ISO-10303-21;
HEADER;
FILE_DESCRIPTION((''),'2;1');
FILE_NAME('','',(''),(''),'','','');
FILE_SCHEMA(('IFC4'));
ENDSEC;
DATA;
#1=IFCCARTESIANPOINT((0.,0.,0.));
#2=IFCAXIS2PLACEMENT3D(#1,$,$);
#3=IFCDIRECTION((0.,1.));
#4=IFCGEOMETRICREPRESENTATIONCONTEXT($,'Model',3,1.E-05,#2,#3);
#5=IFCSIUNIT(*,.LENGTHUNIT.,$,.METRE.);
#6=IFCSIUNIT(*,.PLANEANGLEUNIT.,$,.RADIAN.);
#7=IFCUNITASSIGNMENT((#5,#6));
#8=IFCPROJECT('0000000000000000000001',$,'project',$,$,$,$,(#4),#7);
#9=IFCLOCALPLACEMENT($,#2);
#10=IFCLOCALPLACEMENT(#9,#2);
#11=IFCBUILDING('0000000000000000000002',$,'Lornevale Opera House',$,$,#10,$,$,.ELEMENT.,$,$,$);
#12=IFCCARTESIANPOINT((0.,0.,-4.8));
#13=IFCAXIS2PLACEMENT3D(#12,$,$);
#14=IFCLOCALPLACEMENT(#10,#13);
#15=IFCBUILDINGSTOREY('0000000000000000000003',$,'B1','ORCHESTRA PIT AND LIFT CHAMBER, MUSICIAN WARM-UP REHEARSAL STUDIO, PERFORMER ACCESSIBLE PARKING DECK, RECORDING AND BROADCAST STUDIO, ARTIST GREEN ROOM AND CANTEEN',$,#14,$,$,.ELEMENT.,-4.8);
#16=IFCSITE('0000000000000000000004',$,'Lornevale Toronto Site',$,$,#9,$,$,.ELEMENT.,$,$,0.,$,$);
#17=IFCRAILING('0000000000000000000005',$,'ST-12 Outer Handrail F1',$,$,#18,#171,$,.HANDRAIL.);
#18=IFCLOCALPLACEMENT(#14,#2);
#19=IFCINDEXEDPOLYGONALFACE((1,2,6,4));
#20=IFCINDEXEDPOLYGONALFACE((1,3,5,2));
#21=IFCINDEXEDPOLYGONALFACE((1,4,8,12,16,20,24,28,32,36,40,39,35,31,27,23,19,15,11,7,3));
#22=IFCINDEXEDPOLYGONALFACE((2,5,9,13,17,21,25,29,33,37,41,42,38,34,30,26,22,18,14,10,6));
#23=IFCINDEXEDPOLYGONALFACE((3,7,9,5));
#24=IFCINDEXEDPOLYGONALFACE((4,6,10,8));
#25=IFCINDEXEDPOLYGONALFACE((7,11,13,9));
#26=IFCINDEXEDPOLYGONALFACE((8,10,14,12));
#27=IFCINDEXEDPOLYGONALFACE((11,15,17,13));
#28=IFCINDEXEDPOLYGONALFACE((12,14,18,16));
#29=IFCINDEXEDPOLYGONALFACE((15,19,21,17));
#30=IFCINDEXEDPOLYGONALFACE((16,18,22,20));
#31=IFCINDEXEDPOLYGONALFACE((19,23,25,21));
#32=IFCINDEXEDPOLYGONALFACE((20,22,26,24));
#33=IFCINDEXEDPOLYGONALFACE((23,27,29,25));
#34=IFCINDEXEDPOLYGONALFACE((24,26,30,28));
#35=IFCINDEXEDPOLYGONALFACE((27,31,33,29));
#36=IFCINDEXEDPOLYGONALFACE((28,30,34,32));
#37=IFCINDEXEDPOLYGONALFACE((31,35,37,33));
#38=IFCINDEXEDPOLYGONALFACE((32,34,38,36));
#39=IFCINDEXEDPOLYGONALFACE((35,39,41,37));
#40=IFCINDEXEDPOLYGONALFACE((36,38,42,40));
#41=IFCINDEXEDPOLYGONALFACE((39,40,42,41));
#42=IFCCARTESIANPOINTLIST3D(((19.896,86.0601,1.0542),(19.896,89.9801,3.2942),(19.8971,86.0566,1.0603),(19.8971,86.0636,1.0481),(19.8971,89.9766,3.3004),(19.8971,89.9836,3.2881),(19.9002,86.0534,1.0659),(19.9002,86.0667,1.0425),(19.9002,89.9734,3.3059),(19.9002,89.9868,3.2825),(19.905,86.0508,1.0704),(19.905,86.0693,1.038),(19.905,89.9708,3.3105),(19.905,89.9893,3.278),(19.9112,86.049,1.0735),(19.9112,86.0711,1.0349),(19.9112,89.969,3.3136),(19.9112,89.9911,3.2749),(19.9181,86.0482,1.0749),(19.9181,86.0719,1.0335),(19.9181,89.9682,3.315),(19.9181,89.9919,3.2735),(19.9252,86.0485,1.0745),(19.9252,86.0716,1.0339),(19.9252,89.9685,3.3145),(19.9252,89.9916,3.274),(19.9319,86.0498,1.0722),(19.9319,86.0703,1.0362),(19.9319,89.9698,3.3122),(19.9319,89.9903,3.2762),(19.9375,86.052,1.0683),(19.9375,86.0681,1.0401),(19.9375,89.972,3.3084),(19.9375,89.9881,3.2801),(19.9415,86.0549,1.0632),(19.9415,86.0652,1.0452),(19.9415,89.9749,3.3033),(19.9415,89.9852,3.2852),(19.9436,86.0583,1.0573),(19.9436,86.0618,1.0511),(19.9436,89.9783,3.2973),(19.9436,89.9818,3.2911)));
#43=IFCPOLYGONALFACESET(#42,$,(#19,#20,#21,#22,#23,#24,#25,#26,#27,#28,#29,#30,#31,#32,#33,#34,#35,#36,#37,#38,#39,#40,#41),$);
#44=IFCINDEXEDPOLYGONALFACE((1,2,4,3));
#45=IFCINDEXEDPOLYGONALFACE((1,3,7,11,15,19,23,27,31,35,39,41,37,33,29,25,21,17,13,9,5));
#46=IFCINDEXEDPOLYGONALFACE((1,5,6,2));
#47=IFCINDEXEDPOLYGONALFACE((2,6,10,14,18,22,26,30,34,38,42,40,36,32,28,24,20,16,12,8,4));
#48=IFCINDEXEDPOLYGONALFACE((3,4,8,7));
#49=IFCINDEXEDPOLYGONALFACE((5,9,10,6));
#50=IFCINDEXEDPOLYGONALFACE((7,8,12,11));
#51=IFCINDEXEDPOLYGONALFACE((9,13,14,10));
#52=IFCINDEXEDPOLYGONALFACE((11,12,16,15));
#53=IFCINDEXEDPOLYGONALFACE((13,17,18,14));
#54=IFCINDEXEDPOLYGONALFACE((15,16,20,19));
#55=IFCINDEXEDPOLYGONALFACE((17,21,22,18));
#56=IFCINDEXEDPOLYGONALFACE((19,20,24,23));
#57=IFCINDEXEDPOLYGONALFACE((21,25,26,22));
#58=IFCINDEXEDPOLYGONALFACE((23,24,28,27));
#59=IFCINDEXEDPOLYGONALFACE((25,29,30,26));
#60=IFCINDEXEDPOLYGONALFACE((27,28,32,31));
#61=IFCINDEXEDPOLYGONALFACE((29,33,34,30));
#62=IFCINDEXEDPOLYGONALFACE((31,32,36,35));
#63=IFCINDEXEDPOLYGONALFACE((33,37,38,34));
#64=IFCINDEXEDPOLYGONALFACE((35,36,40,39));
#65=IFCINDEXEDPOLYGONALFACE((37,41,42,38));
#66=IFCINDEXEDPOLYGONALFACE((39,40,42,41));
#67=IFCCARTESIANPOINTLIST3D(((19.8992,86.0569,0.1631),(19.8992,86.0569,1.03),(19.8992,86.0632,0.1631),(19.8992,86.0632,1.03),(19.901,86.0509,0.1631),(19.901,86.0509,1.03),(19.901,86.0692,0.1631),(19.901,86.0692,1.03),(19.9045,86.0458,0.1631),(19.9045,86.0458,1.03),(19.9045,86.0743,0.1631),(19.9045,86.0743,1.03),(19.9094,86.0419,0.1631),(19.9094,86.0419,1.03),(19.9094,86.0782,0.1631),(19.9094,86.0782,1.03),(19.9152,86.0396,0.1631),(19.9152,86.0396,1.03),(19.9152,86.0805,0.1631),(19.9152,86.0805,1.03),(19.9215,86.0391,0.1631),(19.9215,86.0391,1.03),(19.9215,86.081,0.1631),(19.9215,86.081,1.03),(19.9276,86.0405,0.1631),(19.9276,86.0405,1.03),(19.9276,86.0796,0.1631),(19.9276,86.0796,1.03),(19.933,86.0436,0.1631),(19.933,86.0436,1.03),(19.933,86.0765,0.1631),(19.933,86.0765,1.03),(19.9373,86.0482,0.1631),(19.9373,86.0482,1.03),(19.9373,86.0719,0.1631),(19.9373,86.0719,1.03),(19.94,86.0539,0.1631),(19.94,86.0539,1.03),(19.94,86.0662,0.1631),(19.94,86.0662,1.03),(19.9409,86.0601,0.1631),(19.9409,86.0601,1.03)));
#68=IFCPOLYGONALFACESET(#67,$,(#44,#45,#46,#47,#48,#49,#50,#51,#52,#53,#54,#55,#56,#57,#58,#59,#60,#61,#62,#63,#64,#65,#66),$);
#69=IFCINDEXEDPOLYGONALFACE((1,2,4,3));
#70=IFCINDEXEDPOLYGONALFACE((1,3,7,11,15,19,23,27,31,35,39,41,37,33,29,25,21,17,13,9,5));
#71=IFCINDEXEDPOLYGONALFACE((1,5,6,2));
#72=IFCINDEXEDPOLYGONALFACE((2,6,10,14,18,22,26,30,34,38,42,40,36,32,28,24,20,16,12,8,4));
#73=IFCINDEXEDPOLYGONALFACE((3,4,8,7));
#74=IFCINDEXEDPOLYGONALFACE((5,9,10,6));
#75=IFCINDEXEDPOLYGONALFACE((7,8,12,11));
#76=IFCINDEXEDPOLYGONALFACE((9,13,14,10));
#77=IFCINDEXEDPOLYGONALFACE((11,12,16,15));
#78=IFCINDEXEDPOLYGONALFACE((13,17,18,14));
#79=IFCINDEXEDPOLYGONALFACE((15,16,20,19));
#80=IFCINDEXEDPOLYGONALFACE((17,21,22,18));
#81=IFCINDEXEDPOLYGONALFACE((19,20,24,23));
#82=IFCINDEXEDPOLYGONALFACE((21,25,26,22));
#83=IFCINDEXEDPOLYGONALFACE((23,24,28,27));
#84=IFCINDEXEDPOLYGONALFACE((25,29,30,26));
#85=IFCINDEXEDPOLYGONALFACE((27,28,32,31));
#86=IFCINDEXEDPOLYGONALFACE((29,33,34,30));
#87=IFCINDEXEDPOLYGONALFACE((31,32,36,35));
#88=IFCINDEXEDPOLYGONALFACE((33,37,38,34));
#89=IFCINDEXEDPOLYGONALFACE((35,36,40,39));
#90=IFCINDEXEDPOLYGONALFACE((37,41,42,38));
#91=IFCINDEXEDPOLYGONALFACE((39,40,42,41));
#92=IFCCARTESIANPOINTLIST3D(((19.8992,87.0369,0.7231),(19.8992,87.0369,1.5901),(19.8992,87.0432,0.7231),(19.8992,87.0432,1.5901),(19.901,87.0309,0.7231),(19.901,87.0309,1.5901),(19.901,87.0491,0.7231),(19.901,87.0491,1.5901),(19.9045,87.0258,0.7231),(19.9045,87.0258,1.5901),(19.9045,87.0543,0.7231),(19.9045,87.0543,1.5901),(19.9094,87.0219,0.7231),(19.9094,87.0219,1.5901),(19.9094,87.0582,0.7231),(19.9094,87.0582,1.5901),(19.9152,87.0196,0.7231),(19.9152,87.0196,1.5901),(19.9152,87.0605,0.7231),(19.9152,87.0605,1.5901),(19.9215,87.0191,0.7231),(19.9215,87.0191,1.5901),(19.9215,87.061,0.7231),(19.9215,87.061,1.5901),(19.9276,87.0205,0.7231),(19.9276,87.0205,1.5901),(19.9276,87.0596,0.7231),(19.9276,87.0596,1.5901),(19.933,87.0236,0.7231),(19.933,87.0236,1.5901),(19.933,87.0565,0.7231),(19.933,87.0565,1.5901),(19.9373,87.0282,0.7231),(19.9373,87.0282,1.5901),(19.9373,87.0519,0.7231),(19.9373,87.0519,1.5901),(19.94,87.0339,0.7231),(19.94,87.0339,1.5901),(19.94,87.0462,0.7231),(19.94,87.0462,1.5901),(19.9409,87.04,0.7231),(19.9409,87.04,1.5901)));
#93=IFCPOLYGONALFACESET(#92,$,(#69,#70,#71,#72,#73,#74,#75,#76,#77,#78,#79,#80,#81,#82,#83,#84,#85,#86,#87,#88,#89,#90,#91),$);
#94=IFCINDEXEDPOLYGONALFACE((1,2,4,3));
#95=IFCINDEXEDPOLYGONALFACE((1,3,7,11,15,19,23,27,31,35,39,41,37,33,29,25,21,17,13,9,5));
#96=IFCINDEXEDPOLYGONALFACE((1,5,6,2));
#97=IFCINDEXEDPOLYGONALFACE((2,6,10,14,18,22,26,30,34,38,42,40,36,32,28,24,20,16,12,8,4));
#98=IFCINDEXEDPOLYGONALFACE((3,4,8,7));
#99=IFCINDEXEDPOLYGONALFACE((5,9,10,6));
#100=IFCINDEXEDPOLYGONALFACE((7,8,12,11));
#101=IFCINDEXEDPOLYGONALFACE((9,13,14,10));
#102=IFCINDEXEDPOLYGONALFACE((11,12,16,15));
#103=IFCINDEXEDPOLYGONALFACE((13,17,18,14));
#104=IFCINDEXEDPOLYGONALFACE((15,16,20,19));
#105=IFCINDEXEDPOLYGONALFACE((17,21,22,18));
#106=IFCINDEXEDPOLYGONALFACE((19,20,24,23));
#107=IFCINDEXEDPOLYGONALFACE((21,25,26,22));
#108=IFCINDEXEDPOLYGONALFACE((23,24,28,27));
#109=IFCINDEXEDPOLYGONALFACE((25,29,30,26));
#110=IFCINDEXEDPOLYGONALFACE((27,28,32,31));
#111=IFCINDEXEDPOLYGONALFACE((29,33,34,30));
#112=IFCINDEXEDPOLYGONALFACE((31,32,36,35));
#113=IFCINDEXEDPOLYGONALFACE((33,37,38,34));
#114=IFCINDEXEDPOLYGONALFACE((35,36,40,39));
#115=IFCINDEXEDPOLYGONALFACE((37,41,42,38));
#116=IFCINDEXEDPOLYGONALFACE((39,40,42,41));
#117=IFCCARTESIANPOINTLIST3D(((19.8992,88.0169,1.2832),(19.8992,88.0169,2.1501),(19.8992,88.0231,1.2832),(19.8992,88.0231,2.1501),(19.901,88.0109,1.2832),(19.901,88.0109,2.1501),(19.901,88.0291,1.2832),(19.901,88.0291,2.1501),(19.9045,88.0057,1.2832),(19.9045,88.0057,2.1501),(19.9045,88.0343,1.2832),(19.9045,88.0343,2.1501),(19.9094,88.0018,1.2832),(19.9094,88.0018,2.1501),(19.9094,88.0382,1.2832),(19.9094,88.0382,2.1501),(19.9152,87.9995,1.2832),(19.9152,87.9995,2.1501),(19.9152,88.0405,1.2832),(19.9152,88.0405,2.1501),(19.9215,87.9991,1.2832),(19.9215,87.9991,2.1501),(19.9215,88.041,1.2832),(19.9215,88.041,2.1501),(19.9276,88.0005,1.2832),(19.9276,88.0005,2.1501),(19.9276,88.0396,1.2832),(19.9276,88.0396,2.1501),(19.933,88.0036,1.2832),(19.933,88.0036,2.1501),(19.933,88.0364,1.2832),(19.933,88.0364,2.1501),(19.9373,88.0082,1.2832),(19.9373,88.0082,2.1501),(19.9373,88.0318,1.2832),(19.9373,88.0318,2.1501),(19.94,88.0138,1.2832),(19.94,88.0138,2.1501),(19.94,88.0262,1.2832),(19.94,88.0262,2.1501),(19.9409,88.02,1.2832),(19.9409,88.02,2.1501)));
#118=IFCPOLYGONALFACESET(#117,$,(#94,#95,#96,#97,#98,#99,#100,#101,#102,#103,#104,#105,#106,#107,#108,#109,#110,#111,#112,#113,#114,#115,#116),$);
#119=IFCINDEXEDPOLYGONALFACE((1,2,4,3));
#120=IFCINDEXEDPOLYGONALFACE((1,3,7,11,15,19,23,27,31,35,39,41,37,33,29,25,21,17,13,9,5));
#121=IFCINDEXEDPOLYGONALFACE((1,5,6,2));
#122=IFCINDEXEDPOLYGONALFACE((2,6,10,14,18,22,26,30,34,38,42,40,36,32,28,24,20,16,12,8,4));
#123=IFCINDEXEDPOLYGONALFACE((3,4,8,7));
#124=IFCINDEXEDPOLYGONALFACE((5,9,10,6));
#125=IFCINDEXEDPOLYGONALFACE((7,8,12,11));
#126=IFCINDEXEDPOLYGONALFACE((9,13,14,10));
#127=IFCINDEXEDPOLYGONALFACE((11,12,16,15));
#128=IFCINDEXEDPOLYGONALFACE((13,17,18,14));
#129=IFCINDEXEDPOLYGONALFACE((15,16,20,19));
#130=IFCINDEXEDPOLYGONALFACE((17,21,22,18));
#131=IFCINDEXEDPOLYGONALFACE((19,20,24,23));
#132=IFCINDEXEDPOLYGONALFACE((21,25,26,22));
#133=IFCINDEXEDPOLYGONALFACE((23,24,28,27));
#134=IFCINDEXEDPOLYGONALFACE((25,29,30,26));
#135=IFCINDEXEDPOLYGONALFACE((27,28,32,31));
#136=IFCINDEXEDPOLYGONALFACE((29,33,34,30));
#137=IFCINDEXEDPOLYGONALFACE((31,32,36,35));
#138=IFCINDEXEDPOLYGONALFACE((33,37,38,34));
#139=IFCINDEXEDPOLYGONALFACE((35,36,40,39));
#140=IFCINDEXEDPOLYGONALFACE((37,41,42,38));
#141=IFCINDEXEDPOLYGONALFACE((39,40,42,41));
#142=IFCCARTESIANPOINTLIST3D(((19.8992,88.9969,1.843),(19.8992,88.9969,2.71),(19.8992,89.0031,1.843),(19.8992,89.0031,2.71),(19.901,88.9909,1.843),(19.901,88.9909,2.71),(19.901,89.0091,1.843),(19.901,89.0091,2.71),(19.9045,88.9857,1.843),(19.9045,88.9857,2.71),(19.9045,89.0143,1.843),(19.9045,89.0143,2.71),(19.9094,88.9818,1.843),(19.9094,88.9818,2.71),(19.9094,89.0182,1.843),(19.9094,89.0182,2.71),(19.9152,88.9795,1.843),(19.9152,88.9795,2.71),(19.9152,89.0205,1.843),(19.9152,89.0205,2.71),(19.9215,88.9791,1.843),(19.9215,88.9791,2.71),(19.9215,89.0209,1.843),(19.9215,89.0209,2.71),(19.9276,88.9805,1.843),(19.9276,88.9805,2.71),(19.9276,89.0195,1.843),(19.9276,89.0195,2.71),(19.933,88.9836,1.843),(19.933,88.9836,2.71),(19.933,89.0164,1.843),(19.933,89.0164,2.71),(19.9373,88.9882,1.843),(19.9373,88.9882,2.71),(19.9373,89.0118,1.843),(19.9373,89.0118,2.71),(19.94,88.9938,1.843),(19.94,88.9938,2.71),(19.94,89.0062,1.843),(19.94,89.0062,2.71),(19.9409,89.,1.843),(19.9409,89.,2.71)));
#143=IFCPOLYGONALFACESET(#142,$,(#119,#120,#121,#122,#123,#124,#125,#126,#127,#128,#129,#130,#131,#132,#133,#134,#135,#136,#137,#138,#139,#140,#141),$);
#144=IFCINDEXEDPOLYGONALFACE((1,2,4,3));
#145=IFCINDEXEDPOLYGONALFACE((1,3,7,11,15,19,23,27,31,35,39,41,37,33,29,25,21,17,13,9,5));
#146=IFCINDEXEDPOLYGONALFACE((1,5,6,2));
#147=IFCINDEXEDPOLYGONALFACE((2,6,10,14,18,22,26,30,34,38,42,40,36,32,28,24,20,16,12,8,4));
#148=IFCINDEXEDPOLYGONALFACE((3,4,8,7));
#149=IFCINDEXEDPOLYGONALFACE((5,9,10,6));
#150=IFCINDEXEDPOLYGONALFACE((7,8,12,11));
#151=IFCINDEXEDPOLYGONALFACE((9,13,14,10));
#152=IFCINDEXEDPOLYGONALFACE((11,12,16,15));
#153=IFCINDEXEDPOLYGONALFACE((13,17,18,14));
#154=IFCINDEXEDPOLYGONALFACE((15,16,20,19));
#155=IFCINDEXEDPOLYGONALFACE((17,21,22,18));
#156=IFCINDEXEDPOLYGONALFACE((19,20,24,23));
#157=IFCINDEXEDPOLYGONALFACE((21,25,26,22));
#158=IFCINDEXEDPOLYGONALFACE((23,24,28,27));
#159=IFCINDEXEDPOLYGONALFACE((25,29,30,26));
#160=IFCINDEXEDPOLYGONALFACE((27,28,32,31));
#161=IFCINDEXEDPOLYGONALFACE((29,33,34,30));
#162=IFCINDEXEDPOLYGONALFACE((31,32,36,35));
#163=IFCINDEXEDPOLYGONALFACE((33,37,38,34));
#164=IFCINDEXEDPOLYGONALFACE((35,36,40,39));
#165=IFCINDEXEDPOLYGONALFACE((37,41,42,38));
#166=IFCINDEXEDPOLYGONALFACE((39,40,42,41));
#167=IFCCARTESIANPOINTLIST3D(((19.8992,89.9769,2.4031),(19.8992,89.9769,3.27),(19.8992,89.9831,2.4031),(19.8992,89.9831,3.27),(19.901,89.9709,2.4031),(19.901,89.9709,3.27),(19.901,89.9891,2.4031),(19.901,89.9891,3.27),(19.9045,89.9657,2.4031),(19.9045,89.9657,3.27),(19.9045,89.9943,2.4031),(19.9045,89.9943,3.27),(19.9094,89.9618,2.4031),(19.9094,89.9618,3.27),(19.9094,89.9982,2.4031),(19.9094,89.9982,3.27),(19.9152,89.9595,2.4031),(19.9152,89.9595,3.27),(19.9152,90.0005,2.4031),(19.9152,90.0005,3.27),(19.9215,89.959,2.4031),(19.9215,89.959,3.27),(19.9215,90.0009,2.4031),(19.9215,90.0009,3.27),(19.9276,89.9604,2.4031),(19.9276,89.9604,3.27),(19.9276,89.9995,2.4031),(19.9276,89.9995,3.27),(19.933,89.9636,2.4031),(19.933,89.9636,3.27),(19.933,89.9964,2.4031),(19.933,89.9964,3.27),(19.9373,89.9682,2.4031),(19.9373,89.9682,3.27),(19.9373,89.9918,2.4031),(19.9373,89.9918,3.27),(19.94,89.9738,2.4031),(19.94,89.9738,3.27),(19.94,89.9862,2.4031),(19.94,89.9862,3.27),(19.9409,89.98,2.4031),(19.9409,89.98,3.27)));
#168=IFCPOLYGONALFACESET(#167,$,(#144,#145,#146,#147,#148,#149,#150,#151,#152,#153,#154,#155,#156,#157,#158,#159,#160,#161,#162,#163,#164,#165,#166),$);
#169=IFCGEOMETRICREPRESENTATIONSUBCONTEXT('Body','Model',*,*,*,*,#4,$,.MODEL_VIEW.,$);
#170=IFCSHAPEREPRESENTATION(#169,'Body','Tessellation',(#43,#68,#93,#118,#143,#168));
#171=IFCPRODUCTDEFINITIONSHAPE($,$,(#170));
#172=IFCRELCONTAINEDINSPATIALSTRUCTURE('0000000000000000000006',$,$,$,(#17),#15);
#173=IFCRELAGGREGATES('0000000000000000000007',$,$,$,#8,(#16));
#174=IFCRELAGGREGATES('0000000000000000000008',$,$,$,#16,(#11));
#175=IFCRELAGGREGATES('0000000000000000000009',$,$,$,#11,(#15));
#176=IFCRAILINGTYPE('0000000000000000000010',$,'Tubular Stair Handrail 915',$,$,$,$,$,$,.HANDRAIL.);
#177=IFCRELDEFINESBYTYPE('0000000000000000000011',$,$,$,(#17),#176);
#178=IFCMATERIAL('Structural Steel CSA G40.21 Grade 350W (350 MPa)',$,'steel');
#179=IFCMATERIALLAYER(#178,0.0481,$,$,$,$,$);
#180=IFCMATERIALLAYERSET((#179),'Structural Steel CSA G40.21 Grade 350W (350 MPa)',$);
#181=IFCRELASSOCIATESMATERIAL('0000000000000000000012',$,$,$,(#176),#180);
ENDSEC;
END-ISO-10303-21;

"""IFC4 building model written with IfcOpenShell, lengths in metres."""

from ifc_helpers import new_model, si_unit, direction, frame, origin, origin_2d, place, context, subcontext, project, spatial, circle, extrude, material, layer, layer_set, type_object, element, save


model = new_model("IFC4")

# Units and contexts
model_context = context("Model", 3, precision=1e-05, world=origin(), true_north=direction((0.0, 1.0)))
body_context = subcontext(model_context, "Body", "Model", "MODEL_VIEW")
ifc_project = project(units=[si_unit("LENGTHUNIT", "METRE"), si_unit("PLANEANGLEUNIT", "RADIAN")], contexts=[model_context])

# Site, building, storey
site_placement = place(None, origin())
site = spatial("IfcSite", under=ifc_project, at=site_placement, Name="Lornevale Toronto Site", CompositionType="ELEMENT", RefElevation=0.0)
building_placement = place(site_placement, origin())
building = spatial("IfcBuilding", under=site, at=building_placement, Name="Lornevale Opera House", CompositionType="ELEMENT")
storey_placement = place(building_placement, frame((0.0, 0.0, -4.8)))
storey = spatial("IfcBuildingStorey", under=building, at=storey_placement, Name="B1", Description="ORCHESTRA PIT AND LIFT CHAMBER, MUSICIAN WARM-UP REHEARSAL STUDIO, PERFORMER ACCESSIBLE PARKING DECK, RECORDING AND BROADCAST STUDIO, ARTIST GREEN ROOM AND CANTEEN", CompositionType="ELEMENT", Elevation=-4.8)

# Railing
ifc_material_1 = material(Name="Structural Steel CSA G40.21 Grade 350W (350 MPa)", Category="steel")
ifc_layer_1 = layer(ifc_material_1, 0.0481)
ifc_layer_set_1 = layer_set([ifc_layer_1], Name="Structural Steel CSA G40.21 Grade 350W (350 MPa)")
railing_type_1 = type_object("IfcRailingType", Name="Tubular Stair Handrail 915", PredefinedType="HANDRAIL", material=ifc_layer_set_1)
railing_1_placement = place(storey_placement, frame((19.9199, 86.0601, 0.1631)))
element("IfcRailing", 1, at=railing_1_placement, inside=storey, type_object=railing_type_1, Name="ST-12 Outer Handrail F1", PredefinedType="HANDRAIL", context=body_context, shape_type="SweptSolid", body=[
    extrude(circle(Radius=0.0239, at=origin_2d()), frame((0.0, 0.0, 0.8911), z_axis=(0.0, 0.86824, 0.496145), x_axis=(-1.0, 0.0, 0.0)), (0.0, 0.0, 1.0), 4.5149),
    extrude(circle(Radius=0.021, at=origin_2d()), origin(), (0.0, 0.0, 1.0), 0.8669),
    extrude(circle(Radius=0.021, at=origin_2d()), frame((0.0, 0.98, 0.5601)), (0.0, 0.0, 1.0), 0.8669),
    extrude(circle(Radius=0.021, at=origin_2d()), frame((0.0, 1.96, 1.1201)), (0.0, 0.0, 1.0), 0.8669),
    extrude(circle(Radius=0.021, at=origin_2d()), frame((0.0, 2.9399, 1.6799)), (0.0, 0.0, 1.0), 0.8669),
    extrude(circle(Radius=0.021, at=origin_2d()), frame((0.0, 3.9199, 2.24)), (0.0, 0.0, 1.0), 0.8669),
])

save(model, "model.ifc")
